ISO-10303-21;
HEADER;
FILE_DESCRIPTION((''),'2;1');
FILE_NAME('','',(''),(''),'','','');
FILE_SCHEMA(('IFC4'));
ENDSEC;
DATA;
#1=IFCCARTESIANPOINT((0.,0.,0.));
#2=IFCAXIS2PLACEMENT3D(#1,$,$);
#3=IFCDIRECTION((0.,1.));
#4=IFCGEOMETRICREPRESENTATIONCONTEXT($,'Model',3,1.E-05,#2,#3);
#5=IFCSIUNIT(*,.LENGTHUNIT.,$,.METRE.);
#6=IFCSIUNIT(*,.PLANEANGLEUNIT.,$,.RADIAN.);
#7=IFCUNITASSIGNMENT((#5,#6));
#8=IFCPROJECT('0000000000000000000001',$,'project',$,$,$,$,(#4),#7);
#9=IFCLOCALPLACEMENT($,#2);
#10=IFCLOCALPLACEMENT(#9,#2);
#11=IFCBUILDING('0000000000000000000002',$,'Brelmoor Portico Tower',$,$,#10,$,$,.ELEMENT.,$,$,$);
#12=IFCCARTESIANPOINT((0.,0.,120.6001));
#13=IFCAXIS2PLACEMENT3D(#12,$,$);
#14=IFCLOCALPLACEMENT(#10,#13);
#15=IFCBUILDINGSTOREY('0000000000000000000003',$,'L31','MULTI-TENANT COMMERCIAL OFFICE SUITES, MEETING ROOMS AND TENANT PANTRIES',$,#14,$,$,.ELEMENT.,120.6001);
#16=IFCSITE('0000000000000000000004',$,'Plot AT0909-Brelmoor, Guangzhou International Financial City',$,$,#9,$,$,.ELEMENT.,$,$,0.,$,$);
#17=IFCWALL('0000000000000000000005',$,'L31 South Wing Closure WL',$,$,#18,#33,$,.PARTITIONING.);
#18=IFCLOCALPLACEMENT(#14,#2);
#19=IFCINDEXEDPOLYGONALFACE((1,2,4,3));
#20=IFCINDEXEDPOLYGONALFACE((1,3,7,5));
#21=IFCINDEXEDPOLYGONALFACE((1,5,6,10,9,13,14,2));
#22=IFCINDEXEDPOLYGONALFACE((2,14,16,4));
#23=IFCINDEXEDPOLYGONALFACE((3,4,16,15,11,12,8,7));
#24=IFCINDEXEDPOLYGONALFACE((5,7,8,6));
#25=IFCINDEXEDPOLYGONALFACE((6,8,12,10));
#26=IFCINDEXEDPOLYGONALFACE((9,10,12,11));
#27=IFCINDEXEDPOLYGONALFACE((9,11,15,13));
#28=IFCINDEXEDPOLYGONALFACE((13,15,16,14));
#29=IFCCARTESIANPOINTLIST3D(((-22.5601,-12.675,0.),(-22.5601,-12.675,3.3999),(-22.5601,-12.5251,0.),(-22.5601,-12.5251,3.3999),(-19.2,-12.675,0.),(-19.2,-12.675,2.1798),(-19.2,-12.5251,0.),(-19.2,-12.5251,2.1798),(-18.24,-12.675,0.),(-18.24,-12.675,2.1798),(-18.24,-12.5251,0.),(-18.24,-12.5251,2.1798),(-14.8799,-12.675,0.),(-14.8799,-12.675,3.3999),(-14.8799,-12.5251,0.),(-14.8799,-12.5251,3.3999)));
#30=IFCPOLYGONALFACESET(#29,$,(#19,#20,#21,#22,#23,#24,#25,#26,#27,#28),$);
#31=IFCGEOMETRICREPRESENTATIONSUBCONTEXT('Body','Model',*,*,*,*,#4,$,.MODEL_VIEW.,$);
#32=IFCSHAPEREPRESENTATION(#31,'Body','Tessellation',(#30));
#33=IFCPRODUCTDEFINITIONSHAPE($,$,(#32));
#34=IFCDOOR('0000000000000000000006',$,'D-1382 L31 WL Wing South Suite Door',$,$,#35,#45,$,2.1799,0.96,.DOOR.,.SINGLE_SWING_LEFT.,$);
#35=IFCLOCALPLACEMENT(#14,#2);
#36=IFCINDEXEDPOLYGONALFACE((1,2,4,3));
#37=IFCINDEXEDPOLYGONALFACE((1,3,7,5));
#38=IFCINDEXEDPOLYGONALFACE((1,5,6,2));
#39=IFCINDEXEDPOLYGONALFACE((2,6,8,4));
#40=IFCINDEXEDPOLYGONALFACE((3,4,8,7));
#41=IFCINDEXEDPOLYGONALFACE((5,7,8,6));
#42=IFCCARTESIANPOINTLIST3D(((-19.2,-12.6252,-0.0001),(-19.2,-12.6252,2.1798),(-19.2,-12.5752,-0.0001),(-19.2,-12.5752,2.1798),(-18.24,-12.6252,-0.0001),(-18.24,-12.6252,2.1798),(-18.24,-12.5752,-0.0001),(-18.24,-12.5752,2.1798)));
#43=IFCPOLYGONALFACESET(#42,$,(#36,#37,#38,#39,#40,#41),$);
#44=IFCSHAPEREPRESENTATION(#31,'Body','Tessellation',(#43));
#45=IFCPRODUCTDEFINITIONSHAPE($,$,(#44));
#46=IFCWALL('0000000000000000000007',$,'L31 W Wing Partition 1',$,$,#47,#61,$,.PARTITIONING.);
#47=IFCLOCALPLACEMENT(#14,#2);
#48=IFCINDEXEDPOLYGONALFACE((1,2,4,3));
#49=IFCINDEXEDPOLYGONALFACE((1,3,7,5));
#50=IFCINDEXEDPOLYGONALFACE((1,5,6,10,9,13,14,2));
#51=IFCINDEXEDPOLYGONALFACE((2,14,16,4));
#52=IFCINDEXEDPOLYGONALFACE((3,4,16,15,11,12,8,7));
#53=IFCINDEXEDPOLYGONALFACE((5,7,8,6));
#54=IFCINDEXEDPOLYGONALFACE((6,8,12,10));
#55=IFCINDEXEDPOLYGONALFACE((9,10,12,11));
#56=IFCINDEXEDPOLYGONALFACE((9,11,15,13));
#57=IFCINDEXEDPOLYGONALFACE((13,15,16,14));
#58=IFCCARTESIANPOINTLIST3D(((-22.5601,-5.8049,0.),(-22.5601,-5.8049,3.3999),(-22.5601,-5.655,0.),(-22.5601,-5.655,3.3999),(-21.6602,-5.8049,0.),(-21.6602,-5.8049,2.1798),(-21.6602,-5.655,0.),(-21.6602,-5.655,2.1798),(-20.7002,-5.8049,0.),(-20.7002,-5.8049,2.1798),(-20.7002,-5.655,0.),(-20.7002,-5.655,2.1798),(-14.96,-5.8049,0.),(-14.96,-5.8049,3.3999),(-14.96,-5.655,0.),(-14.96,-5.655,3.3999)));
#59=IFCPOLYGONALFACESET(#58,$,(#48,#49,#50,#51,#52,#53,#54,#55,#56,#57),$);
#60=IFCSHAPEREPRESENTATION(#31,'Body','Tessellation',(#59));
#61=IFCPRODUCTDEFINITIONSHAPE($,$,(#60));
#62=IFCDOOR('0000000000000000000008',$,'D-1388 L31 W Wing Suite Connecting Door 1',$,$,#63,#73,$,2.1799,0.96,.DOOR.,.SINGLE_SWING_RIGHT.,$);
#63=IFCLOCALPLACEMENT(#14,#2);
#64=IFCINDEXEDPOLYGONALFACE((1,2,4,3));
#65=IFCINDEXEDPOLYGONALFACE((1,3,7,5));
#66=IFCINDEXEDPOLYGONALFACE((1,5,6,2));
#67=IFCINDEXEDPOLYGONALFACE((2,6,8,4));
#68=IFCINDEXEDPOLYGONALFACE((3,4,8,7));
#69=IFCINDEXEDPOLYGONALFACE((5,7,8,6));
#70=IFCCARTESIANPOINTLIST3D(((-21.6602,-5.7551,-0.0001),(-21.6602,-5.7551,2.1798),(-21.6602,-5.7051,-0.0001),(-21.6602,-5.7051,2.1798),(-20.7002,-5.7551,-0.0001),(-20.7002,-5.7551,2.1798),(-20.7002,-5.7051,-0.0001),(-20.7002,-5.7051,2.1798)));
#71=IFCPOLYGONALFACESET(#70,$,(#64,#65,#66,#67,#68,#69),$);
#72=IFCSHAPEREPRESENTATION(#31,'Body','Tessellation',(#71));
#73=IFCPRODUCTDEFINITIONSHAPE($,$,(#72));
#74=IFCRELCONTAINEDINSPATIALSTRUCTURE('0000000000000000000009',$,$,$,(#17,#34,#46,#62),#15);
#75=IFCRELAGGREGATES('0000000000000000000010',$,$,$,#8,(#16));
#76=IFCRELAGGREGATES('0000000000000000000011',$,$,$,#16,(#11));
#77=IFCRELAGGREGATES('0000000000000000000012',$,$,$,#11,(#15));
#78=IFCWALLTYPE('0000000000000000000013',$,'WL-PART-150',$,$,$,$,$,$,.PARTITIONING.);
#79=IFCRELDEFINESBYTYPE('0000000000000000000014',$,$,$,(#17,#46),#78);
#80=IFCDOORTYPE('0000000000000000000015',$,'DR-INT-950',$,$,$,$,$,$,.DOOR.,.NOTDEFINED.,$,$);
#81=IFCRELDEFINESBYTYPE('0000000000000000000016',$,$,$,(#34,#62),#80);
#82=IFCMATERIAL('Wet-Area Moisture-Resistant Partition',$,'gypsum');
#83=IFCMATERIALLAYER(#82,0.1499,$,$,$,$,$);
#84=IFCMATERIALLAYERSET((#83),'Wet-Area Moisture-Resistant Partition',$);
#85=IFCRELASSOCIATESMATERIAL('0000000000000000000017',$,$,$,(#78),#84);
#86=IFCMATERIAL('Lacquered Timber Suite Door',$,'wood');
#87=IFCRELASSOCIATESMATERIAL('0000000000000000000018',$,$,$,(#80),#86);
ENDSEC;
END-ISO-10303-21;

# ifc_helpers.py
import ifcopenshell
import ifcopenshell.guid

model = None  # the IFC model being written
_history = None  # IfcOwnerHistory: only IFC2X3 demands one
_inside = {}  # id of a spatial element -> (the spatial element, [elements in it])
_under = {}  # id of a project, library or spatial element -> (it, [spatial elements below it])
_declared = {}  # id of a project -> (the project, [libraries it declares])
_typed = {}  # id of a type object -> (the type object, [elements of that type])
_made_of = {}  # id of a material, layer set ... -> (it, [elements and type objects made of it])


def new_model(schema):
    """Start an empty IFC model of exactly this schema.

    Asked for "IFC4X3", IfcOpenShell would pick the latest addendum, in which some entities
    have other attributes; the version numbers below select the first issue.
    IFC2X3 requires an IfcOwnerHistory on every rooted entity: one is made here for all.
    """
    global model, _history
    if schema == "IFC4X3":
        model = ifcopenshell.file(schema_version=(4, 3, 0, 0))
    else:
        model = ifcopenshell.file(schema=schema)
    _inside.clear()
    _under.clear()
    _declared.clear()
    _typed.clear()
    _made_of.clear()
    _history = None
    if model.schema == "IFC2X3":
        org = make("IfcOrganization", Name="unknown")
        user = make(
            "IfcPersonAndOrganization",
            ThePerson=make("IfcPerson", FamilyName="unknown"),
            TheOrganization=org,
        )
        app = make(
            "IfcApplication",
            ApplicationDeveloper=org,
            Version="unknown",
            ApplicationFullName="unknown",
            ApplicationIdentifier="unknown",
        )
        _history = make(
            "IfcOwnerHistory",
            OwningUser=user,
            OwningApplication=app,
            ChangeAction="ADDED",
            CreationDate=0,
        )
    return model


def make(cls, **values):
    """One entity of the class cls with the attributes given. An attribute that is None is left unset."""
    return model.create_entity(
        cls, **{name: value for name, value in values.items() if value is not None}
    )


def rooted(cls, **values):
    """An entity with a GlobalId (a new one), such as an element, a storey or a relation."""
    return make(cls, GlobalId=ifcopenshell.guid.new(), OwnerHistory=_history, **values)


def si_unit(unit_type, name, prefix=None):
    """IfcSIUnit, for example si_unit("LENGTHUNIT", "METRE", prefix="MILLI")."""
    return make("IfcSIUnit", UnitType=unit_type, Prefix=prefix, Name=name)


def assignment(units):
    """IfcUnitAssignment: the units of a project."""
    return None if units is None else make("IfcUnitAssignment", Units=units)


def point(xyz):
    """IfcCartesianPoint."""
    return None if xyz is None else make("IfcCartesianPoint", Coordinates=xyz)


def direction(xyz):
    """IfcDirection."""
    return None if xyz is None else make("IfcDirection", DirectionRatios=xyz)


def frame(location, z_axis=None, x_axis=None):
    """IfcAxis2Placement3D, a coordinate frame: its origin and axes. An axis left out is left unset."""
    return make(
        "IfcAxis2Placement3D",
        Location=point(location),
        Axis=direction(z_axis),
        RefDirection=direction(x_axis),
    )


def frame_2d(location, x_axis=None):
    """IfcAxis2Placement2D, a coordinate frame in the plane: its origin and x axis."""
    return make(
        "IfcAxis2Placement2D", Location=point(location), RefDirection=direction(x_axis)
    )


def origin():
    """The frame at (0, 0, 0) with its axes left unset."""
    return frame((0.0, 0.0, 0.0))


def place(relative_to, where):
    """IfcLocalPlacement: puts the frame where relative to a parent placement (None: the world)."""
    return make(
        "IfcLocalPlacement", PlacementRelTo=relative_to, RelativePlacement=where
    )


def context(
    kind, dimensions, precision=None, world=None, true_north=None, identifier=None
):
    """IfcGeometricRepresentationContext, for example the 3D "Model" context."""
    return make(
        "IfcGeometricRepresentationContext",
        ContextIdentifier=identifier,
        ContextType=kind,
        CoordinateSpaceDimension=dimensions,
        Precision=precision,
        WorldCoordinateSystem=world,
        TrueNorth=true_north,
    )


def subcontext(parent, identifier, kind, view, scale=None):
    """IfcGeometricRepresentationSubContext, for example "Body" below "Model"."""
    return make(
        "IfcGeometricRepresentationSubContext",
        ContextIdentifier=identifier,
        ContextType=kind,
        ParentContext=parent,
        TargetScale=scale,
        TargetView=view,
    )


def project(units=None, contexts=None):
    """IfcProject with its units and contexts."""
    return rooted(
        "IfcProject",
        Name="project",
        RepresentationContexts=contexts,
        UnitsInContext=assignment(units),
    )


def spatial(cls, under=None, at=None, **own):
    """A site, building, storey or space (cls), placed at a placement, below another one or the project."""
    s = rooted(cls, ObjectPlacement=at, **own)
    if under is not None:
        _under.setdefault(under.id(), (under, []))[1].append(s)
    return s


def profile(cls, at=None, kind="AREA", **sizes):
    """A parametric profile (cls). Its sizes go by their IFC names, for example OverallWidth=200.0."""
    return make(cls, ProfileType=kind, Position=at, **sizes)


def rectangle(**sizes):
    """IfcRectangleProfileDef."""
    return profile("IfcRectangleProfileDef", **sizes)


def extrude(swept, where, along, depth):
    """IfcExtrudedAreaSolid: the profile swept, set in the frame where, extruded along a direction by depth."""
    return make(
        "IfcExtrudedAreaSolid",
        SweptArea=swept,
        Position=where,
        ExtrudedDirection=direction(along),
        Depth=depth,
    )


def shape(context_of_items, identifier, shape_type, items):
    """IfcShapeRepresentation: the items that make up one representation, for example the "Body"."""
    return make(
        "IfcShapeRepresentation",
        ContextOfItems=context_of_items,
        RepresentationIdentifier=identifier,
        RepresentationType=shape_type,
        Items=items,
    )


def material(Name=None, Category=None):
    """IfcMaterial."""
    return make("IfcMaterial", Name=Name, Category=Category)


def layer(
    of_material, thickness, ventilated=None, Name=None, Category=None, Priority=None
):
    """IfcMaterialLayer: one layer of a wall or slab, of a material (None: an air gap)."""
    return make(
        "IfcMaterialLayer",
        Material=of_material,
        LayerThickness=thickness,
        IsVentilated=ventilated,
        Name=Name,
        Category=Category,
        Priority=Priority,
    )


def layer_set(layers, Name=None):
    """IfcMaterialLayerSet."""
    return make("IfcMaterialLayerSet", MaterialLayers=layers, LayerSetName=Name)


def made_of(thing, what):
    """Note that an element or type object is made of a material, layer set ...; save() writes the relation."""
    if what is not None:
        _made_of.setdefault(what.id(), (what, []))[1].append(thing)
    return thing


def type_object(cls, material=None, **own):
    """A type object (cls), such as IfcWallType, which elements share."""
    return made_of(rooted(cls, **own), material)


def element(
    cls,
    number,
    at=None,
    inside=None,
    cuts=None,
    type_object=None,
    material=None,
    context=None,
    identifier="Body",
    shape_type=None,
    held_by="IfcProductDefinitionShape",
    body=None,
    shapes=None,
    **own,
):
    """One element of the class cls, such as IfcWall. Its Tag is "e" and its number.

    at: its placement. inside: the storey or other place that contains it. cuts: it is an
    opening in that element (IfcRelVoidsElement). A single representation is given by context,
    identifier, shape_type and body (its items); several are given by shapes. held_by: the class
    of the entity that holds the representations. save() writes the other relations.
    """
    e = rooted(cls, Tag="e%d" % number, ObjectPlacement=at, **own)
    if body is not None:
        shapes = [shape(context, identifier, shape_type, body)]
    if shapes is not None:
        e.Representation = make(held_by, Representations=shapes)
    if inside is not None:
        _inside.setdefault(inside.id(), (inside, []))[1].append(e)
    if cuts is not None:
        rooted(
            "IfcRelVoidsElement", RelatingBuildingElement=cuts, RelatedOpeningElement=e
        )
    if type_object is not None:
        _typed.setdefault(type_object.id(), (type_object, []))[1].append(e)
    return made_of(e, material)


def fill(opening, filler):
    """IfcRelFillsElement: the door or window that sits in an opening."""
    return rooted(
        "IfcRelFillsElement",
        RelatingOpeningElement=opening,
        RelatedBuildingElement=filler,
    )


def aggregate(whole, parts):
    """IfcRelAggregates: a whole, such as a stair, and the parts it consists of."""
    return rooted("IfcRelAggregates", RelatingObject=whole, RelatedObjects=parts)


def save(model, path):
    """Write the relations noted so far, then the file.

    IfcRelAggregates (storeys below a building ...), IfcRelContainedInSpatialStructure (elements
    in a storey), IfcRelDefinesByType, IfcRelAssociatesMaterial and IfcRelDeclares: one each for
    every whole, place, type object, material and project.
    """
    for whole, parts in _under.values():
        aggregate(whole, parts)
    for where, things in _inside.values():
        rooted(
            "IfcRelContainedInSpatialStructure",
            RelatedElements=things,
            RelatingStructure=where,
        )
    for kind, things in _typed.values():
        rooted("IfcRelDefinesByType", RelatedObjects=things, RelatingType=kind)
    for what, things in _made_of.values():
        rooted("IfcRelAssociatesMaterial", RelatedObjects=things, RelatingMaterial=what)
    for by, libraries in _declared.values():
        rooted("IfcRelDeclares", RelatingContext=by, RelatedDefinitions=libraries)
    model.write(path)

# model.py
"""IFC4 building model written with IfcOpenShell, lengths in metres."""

from ifc_helpers import new_model, si_unit, direction, frame, frame_2d, origin, place, context, subcontext, project, spatial, rectangle, extrude, material, layer, layer_set, type_object, element, fill, save


model = new_model("IFC4")

# Units and contexts
model_context = context("Model", 3, precision=1e-05, world=origin(), true_north=direction((0.0, 1.0)))
body_context = subcontext(model_context, "Body", "Model", "MODEL_VIEW")
ifc_project = project(units=[si_unit("LENGTHUNIT", "METRE"), si_unit("PLANEANGLEUNIT", "RADIAN")], contexts=[model_context])

# Site, building, storey
site_placement = place(None, origin())
site = spatial("IfcSite", under=ifc_project, at=site_placement, Name="Plot AT0909-Brelmoor, Guangzhou International Financial City", CompositionType="ELEMENT", RefElevation=0.0)
building_placement = place(site_placement, origin())
building = spatial("IfcBuilding", under=site, at=building_placement, Name="Brelmoor Portico Tower", CompositionType="ELEMENT")
storey_placement = place(building_placement, frame((0.0, 0.0, 120.6001)))
storey = spatial("IfcBuildingStorey", under=building, at=storey_placement, Name="L31", Description="MULTI-TENANT COMMERCIAL OFFICE SUITES, MEETING ROOMS AND TENANT PANTRIES", CompositionType="ELEMENT", Elevation=120.6001)

# Walls, openings, doors
ifc_material_1 = material(Name="Wet-Area Moisture-Resistant Partition", Category="gypsum")
ifc_layer_1 = layer(ifc_material_1, 0.1499)
ifc_layer_set_1 = layer_set([ifc_layer_1], Name="Wet-Area Moisture-Resistant Partition")
wall_type_1 = type_object("IfcWallType", Name="WL-PART-150", PredefinedType="PARTITIONING", material=ifc_layer_set_1)
wall_1_placement = place(storey_placement, frame((-22.5601, -12.6001, 0.0), z_axis=(0.0, 0.0, 1.0), x_axis=(1.0, 0.0, 0.0)))
wall_1 = element("IfcWall", 1, at=wall_1_placement, inside=storey, type_object=wall_type_1, Name="L31 South Wing Closure WL", PredefinedType="PARTITIONING", context=body_context, shape_type="SweptSolid", body=[
    extrude(rectangle(XDim=7.6802, YDim=0.1499, at=frame_2d((3.8401, 0.0))), origin(), (0.0, 0.0, 1.0), 3.3999),
])
opening_1_placement = place(wall_1_placement, frame((3.3601, 0.0, 0.0)))
opening_1 = element("IfcOpeningElement", 2, at=opening_1_placement, cuts=wall_1, PredefinedType="OPENING", context=body_context, shape_type="SweptSolid", body=[
    extrude(rectangle(XDim=0.96, YDim=2.1799, at=frame_2d((0.48, 1.0898))), frame((0.0, 0.085, 0.0), z_axis=(0.0, -1.0, 0.0), x_axis=(1.0, 0.0, 0.0)), (0.0, 0.0, 1.0), 0.1699),
])
ifc_material_2 = material(Name="Lacquered Timber Suite Door", Category="wood")
door_type = type_object("IfcDoorType", Name="DR-INT-950", OperationType="NOTDEFINED", PredefinedType="DOOR", material=ifc_material_2)
door_1_placement = place(opening_1_placement, origin())
door_1 = element("IfcDoor", 3, at=door_1_placement, inside=storey, type_object=door_type, Name="D-1382 L31 WL Wing South Suite Door", OperationType="SINGLE_SWING_LEFT", OverallHeight=2.1799, OverallWidth=0.96, PredefinedType="DOOR", context=body_context, shape_type="SweptSolid", body=[
    extrude(rectangle(XDim=0.96, YDim=2.1799, at=frame_2d((0.48, 1.0898))), frame((0.0, 0.0249, 0.0), z_axis=(0.0, -1.0, 0.0), x_axis=(1.0, 0.0, 0.0)), (0.0, 0.0, 1.0), 0.05),
])
fill(opening_1, door_1)
wall_2_placement = place(storey_placement, frame((-22.5601, -5.73, 0.0), z_axis=(0.0, 0.0, 1.0), x_axis=(1.0, 0.0, 0.0)))
wall_2 = element("IfcWall", 4, at=wall_2_placement, inside=storey, type_object=wall_type_1, Name="L31 W Wing Partition 1", PredefinedType="PARTITIONING", context=body_context, shape_type="SweptSolid", body=[
    extrude(rectangle(XDim=7.6001, YDim=0.1499, at=frame_2d((3.8, 0.0))), origin(), (0.0, 0.0, 1.0), 3.3999),
])
opening_2_placement = place(wall_2_placement, frame((0.8999, 0.0, 0.0)))
opening_2 = element("IfcOpeningElement", 5, at=opening_2_placement, cuts=wall_2, PredefinedType="OPENING", context=body_context, shape_type="SweptSolid", body=[
    extrude(rectangle(XDim=0.96, YDim=2.1799, at=frame_2d((0.48, 1.0898))), frame((0.0, 0.085, 0.0), z_axis=(0.0, -1.0, 0.0), x_axis=(1.0, 0.0, 0.0)), (0.0, 0.0, 1.0), 0.1699),
])
door_2_placement = place(opening_2_placement, origin())
door_2 = element("IfcDoor", 6, at=door_2_placement, inside=storey, type_object=door_type, Name="D-1388 L31 W Wing Suite Connecting Door 1", OperationType="SINGLE_SWING_RIGHT", OverallHeight=2.1799, OverallWidth=0.96, PredefinedType="DOOR", context=body_context, shape_type="SweptSolid", body=[
    extrude(rectangle(XDim=0.96, YDim=2.1799, at=frame_2d((0.48, 1.0898))), frame((0.0, 0.0249, 0.0), z_axis=(0.0, -1.0, 0.0), x_axis=(1.0, 0.0, 0.0)), (0.0, 0.0, 1.0), 0.05),
])
fill(opening_2, door_2)

save(model, "model.ifc")
